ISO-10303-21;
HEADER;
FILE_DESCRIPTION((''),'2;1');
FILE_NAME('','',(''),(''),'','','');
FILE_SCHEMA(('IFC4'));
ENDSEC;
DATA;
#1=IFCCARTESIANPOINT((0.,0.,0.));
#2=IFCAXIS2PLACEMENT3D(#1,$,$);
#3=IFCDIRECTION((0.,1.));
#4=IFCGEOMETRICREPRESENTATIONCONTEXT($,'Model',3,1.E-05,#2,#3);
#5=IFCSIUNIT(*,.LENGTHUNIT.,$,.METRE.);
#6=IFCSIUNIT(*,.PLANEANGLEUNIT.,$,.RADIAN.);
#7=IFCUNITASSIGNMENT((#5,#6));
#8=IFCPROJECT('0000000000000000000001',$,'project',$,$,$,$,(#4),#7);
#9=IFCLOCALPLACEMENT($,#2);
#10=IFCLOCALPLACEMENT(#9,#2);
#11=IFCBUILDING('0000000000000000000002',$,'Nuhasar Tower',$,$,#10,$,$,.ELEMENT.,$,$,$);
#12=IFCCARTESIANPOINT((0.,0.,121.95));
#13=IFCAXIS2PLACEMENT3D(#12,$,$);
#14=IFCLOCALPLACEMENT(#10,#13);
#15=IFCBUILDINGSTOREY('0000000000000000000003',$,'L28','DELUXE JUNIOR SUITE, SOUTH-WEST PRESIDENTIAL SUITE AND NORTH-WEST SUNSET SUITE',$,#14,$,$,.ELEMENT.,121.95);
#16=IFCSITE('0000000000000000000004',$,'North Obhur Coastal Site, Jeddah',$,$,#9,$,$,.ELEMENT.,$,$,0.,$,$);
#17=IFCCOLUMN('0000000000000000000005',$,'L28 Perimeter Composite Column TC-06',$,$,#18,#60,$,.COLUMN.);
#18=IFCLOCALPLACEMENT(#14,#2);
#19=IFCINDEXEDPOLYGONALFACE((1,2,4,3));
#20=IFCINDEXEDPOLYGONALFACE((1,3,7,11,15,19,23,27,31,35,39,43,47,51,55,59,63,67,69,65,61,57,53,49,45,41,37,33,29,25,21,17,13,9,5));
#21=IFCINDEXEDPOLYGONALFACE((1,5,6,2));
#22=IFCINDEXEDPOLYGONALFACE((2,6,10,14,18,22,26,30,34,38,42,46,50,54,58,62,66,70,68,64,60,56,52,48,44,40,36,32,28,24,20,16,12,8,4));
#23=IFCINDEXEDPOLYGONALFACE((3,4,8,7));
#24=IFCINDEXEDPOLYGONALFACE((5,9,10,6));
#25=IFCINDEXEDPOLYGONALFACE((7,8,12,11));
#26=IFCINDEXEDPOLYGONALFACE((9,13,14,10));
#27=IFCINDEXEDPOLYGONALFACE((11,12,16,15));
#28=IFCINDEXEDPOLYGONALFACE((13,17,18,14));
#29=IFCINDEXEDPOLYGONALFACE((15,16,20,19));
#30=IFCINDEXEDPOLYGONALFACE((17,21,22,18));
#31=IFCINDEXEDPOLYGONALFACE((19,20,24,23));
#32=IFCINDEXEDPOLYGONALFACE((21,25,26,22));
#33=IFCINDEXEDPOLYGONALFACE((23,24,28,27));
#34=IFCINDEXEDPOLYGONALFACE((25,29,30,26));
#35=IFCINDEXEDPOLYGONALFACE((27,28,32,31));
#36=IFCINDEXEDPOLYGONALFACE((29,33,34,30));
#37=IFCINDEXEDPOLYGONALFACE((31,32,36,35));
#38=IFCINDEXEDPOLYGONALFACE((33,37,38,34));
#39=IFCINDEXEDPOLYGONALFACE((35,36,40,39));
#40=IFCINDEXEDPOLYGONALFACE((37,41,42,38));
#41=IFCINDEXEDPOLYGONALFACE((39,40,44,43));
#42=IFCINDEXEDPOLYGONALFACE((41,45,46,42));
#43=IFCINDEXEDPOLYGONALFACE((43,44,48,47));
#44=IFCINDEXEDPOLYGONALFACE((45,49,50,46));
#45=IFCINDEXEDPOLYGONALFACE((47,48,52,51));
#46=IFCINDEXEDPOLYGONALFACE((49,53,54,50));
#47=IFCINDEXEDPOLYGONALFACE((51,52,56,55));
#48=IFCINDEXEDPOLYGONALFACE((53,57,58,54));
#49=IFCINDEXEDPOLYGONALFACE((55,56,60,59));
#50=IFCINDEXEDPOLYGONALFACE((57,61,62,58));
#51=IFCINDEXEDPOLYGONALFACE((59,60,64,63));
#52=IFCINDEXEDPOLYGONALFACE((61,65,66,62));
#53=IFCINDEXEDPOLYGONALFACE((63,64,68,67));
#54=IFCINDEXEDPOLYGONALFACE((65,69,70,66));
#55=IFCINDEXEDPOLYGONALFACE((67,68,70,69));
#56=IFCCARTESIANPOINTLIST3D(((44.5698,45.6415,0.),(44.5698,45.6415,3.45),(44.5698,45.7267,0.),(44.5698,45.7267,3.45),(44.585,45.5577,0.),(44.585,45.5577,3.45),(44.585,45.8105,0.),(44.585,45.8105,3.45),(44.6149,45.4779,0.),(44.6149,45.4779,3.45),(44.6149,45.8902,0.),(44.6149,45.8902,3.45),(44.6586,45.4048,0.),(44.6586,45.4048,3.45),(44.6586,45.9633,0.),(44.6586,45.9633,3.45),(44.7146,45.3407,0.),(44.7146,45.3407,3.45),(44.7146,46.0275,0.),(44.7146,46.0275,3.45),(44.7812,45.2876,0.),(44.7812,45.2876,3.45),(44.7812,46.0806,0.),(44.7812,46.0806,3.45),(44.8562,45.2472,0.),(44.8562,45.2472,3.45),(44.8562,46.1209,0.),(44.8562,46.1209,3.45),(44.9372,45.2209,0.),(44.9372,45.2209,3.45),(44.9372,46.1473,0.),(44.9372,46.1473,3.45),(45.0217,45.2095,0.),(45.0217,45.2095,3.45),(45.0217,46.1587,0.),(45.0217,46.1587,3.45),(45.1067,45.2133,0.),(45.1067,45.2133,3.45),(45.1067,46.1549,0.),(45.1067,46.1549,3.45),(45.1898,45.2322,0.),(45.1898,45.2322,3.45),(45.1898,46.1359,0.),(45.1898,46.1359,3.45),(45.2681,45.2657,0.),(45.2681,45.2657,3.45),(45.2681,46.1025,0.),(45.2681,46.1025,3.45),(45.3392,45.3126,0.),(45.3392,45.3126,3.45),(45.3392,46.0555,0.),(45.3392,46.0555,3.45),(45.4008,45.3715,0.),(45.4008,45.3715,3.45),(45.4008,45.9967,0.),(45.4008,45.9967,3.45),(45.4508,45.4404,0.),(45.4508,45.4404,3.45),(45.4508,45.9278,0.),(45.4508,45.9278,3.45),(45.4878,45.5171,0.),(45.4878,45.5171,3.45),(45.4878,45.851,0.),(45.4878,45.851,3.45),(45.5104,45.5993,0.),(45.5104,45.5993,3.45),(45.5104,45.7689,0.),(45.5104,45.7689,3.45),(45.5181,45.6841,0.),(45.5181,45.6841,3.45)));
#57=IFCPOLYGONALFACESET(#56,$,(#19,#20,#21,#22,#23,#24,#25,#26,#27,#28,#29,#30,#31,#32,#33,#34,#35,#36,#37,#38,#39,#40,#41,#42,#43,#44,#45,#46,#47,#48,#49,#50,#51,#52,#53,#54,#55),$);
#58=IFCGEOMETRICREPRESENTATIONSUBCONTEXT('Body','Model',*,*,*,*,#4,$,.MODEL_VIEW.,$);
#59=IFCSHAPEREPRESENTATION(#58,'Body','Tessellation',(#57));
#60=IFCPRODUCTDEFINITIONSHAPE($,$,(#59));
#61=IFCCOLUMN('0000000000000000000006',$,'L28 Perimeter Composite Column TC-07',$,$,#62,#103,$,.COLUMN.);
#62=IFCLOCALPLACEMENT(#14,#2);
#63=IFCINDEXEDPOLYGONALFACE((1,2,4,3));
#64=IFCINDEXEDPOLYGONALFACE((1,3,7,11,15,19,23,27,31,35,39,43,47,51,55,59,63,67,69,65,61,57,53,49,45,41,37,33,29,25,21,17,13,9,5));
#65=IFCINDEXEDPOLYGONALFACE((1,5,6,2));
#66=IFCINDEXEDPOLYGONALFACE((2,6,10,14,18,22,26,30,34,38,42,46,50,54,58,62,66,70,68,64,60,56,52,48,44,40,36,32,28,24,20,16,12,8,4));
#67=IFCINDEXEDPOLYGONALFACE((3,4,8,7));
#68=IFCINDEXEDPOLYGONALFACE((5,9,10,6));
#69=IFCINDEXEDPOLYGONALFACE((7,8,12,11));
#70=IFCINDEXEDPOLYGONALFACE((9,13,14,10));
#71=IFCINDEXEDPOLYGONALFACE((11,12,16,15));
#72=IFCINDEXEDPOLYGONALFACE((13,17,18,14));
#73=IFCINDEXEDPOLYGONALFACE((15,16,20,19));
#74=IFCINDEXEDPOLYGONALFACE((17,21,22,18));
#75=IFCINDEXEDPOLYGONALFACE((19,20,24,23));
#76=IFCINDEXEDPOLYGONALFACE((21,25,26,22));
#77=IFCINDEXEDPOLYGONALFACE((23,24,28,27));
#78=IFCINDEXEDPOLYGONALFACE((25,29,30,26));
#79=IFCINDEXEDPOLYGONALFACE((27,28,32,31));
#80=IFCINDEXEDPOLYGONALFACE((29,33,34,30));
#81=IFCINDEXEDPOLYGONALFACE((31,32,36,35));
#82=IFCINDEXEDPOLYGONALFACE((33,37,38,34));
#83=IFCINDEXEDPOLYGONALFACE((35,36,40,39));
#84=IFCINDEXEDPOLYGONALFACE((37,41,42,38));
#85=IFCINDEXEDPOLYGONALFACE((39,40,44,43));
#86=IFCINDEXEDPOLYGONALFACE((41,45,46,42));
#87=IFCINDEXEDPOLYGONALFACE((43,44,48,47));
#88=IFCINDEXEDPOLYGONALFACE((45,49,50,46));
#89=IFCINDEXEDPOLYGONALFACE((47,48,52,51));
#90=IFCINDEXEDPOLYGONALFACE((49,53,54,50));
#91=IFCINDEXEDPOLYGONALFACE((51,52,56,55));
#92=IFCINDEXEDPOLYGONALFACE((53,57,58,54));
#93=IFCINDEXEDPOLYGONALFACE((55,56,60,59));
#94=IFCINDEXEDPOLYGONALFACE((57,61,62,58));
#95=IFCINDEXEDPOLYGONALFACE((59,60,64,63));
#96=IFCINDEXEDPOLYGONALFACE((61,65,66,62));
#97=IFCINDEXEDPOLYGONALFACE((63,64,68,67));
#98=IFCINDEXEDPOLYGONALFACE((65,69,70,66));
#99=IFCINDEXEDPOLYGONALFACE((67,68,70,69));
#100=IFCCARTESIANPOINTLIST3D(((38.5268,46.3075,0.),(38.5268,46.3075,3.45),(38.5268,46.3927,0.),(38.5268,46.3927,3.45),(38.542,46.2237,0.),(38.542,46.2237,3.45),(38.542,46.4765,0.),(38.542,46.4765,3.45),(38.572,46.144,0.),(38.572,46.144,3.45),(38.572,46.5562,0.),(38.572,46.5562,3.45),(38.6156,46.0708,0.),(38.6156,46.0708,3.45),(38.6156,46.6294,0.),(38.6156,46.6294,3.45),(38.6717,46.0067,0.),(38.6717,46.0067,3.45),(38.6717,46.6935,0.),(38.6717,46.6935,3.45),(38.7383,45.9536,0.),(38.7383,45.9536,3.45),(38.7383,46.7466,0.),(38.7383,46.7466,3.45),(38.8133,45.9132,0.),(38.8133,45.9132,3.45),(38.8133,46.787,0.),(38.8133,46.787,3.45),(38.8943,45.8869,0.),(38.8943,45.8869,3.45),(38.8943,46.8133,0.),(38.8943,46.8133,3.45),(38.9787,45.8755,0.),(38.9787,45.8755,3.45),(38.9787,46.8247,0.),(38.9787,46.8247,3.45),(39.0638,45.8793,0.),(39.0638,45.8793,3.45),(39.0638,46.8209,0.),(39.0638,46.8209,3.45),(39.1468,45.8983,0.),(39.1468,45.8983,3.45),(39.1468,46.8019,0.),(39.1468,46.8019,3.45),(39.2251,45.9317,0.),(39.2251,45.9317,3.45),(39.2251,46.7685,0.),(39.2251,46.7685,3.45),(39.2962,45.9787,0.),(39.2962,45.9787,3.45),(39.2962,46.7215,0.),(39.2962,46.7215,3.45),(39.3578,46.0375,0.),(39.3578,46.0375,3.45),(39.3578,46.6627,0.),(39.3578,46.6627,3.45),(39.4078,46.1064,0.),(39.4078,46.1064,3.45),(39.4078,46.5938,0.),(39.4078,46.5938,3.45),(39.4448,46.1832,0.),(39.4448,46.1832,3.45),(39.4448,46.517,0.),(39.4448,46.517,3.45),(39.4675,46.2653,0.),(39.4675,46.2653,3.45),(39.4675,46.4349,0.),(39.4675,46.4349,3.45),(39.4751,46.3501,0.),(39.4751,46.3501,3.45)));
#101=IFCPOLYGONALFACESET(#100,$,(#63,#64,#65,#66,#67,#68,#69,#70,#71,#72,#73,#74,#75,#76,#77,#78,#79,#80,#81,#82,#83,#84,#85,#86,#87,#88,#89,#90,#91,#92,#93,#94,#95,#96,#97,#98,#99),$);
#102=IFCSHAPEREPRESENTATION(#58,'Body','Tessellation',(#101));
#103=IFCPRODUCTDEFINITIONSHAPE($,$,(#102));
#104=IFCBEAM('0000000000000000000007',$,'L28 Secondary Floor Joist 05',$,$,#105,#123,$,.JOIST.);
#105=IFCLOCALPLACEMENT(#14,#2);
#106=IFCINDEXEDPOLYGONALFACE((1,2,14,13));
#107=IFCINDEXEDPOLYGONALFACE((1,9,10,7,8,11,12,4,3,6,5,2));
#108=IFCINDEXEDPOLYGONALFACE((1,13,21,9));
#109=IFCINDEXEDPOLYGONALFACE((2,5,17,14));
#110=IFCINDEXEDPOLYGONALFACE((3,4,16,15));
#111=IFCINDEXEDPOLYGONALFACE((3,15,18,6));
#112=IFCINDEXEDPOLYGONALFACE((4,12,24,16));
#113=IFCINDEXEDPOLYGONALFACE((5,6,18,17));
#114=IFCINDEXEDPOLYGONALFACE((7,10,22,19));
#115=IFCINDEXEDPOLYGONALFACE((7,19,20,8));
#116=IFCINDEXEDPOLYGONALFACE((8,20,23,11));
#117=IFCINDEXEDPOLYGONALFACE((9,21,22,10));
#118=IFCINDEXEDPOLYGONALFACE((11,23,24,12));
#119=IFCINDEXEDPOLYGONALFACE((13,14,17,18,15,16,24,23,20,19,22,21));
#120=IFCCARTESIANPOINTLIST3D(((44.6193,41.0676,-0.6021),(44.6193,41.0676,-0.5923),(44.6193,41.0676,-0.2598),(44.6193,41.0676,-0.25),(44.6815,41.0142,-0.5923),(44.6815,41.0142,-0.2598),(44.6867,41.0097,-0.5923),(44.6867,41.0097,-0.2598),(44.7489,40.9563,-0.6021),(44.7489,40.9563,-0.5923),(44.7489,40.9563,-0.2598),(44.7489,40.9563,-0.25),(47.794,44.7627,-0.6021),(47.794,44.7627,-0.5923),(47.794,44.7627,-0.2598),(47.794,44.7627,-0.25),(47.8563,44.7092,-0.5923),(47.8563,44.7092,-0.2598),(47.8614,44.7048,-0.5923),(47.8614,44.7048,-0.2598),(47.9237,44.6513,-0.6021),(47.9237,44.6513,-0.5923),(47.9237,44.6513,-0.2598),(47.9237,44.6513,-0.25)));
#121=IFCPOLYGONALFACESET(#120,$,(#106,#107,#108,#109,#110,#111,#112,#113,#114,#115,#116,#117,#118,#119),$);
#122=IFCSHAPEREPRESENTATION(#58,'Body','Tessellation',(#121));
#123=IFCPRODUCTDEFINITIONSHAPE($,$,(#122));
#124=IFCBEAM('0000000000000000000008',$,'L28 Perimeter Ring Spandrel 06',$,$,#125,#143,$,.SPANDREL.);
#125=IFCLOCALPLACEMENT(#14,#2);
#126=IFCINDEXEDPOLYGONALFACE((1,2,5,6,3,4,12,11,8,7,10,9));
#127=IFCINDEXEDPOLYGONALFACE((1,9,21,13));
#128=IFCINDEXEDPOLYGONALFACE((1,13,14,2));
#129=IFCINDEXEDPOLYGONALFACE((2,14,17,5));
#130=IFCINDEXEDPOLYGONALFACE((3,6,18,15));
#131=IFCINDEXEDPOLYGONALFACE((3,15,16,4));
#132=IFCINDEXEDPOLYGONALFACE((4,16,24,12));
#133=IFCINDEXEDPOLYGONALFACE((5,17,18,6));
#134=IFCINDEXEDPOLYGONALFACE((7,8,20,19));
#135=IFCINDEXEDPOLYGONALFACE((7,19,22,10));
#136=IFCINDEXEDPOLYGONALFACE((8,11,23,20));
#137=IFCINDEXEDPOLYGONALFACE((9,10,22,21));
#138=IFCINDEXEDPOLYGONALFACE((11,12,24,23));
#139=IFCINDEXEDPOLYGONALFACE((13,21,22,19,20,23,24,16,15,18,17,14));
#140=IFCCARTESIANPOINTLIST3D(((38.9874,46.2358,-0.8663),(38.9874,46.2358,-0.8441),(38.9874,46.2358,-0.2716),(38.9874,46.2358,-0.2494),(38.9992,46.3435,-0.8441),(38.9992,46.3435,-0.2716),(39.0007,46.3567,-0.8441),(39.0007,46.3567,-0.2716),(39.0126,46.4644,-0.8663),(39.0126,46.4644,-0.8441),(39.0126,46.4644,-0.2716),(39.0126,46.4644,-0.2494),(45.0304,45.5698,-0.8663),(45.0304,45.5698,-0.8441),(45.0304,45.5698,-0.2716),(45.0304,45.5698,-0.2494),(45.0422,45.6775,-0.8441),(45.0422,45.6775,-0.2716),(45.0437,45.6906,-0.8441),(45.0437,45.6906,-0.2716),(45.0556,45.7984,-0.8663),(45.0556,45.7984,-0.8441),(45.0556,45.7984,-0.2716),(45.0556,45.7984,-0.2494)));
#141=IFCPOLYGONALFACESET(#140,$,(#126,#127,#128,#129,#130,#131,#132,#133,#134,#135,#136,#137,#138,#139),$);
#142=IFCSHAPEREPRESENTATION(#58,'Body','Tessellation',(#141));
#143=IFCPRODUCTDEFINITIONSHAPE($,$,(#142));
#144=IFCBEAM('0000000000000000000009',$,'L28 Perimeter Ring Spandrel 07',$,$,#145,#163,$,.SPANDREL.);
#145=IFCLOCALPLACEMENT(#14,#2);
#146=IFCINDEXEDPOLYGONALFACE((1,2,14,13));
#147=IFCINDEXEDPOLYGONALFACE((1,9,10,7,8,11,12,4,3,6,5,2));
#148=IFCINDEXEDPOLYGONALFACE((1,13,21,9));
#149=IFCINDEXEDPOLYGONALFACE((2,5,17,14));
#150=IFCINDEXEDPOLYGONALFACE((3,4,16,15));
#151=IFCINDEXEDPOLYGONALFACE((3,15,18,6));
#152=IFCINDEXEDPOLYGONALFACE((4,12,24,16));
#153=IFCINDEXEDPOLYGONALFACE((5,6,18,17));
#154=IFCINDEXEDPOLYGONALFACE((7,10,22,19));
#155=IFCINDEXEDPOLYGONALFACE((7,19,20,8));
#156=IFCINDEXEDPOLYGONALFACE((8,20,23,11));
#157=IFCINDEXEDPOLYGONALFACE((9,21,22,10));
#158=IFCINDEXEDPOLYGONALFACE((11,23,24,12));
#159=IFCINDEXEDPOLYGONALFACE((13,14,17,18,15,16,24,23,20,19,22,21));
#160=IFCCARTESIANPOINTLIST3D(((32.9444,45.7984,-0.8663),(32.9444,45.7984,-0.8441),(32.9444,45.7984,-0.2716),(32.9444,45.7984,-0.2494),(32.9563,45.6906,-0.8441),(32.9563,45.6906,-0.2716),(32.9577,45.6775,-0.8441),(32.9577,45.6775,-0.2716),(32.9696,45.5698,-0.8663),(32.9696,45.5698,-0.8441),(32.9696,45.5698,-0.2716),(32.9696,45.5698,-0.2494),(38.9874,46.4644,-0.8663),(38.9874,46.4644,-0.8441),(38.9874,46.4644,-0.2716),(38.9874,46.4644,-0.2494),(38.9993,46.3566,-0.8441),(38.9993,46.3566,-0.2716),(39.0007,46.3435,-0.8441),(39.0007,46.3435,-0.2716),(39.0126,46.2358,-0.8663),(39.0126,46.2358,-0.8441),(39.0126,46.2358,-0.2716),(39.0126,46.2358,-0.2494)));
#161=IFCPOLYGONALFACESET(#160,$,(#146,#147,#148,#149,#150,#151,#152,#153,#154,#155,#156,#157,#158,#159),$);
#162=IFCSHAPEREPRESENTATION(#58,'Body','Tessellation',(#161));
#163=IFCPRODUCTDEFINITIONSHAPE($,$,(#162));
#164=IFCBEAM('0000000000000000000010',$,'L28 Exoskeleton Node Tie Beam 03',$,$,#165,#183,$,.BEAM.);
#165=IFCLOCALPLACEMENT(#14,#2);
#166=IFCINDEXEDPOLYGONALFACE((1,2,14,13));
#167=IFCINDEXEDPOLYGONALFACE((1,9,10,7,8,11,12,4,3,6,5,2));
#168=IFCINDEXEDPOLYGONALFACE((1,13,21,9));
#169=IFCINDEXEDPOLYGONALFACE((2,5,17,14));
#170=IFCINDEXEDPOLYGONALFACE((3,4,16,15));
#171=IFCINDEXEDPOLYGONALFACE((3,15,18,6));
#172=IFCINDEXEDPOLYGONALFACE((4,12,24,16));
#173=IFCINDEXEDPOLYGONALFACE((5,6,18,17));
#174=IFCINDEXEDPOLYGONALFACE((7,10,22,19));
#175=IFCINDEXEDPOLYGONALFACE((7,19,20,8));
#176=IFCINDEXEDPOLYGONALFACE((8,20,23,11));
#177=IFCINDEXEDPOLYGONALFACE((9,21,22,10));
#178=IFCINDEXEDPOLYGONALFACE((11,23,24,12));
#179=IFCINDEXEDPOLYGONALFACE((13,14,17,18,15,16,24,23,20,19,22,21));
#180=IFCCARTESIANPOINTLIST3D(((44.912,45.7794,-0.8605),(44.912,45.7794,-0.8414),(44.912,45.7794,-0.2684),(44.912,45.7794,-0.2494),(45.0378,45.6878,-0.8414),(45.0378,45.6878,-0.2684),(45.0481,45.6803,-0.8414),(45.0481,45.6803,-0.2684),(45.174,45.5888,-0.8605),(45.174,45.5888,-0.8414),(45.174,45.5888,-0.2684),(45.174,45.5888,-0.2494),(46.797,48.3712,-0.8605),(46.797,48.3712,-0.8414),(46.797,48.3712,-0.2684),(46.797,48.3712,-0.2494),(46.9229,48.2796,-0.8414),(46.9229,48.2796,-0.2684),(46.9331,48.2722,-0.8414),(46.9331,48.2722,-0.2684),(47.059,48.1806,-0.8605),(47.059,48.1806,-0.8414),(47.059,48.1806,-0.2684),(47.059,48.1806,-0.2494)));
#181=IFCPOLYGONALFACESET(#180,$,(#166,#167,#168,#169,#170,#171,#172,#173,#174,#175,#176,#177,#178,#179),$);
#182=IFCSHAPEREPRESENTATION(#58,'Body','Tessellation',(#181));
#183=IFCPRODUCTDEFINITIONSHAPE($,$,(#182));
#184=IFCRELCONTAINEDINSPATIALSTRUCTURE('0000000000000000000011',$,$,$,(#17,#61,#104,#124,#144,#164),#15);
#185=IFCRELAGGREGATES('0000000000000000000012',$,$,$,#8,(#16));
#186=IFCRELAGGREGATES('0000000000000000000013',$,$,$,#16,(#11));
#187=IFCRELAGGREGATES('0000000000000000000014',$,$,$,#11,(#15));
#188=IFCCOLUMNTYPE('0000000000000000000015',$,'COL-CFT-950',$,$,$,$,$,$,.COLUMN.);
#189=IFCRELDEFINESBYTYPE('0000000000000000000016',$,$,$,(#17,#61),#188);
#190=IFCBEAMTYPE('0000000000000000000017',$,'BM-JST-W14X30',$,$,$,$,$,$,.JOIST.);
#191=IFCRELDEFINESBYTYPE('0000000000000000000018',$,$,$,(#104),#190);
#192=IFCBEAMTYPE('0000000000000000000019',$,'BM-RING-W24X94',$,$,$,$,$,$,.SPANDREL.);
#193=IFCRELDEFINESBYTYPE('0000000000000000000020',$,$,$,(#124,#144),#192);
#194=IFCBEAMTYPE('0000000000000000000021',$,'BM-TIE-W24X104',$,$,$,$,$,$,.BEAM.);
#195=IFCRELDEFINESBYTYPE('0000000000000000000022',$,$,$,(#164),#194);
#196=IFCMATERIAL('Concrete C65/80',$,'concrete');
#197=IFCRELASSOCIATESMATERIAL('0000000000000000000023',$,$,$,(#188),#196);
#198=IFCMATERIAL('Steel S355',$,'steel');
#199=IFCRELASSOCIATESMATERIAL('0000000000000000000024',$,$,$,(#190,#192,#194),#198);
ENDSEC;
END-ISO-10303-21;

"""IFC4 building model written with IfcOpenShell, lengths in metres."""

from ifc_helpers import new_model, si_unit, direction, frame, origin, origin_2d, place, context, subcontext, project, spatial, circle, i_section, extrude, material, material_profile, profile_set, type_object, element, save


model = new_model("IFC4")

# Units and contexts
model_context = context("Model", 3, precision=1e-05, world=origin(), true_north=direction((0.0, 1.0)))
body_context = subcontext(model_context, "Body", "Model", "MODEL_VIEW")
ifc_project = project(units=[si_unit("LENGTHUNIT", "METRE"), si_unit("PLANEANGLEUNIT", "RADIAN")], contexts=[model_context])

# Site, building, storey
site_placement = place(None, origin())
site = spatial("IfcSite", under=ifc_project, at=site_placement, Name="North Obhur Coastal Site, Jeddah", CompositionType="ELEMENT", RefElevation=0.0)
building_placement = place(site_placement, origin())
building = spatial("IfcBuilding", under=site, at=building_placement, Name="Nuhasar Tower", CompositionType="ELEMENT")
storey_placement = place(building_placement, frame((0.0, 0.0, 121.95)))
storey = spatial("IfcBuildingStorey", under=building, at=storey_placement, Name="L28", Description="DELUXE JUNIOR SUITE, SOUTH-WEST PRESIDENTIAL SUITE AND NORTH-WEST SUNSET SUITE", CompositionType="ELEMENT", Elevation=121.95)

# Columns
ifc_material_1 = material(Name="Concrete C65/80", Category="concrete")
ifc_material_profile_1 = material_profile(ifc_material_1, circle(Radius=0.4751, at=origin_2d()), Name="CFT950")
ifc_profile_set_1 = profile_set([ifc_material_profile_1], Name="Concrete C65/80")
column_type = type_object("IfcColumnType", Name="COL-CFT-950", PredefinedType="COLUMN", material=ifc_profile_set_1)
for number, where, z_axis, x_axis, name in (
    (1, (45.043, 45.6841, 0.0), (0.0, 0.0, 1.0), (1.0, 0.0, 0.0), "L28 Perimeter Composite Column TC-06"),
    (2, (39.0, 46.3501, 0.0), (0.0, 0.0, 1.0), (1.0, 0.0, 0.0), "L28 Perimeter Composite Column TC-07"),
):
    element("IfcColumn", number, at=place(storey_placement, frame(where, z_axis=z_axis, x_axis=x_axis)), inside=storey, type_object=column_type, Name=name, PredefinedType="COLUMN", context=body_context, shape_type="SweptSolid", body=[
        extrude(circle(Radius=0.4751, at=origin_2d()), origin(), (0.0, 0.0, 1.0), 3.45),
    ])

# Beams
ifc_material_2 = material(Name="Steel S355", Category="steel")
ifc_material_profile_2 = material_profile(ifc_material_2, i_section(OverallWidth=0.1709, OverallDepth=0.3521, WebThickness=0.0068, FlangeThickness=0.0098, at=origin_2d()), Name="W14X30")
ifc_profile_set_2 = profile_set([ifc_material_profile_2], Name="Steel S355")
beam_type_1 = type_object("IfcBeamType", Name="BM-JST-W14X30", PredefinedType="JOIST", material=ifc_profile_set_2)
beam_1_placement = place(storey_placement, frame((44.6841, 41.012, -0.426), z_axis=(0.651691, 0.758485, 0.0), x_axis=(-0.758485, 0.651691, 0.0)))
element("IfcBeam", 3, at=beam_1_placement, inside=storey, type_object=beam_type_1, Name="L28 Secondary Floor Joist 05", PredefinedType="JOIST", context=body_context, shape_type="SweptSolid", body=[
    extrude(i_section(OverallWidth=0.1709, OverallDepth=0.3521, WebThickness=0.0068, FlangeThickness=0.0098, at=origin_2d()), origin(), (0.0, 0.0, 1.0), 4.8716),
])
ifc_material_profile_3 = material_profile(ifc_material_2, i_section(OverallWidth=0.23, OverallDepth=0.6169, WebThickness=0.0132, FlangeThickness=0.0222, at=origin_2d()), Name="W24X94")
ifc_profile_set_3 = profile_set([ifc_material_profile_3], Name="Steel S355")
beam_type_2 = type_object("IfcBeamType", Name="BM-RING-W24X94", PredefinedType="SPANDREL", material=ifc_profile_set_3)
for number, where, z_axis, x_axis, name in (
    (4, (45.043, 45.6841, -0.5579), (-0.993981, 0.10955, 0.0), (-0.10955, -0.993981, 0.0), "L28 Perimeter Ring Spandrel 06"),
    (5, (39.0, 46.3501, -0.5579), (-0.993981, -0.10955, 0.0), (0.10955, -0.993981, 0.0), "L28 Perimeter Ring Spandrel 07"),
):
    element("IfcBeam", number, at=place(storey_placement, frame(where, z_axis=z_axis, x_axis=x_axis)), inside=storey, type_object=beam_type_2, Name=name, PredefinedType="SPANDREL", context=body_context, shape_type="SweptSolid", body=[
        extrude(i_section(OverallWidth=0.23, OverallDepth=0.6169, WebThickness=0.0132, FlangeThickness=0.0222, at=origin_2d()), origin(), (0.0, 0.0, 1.0), 6.0796),
    ])
ifc_material_profile_4 = material_profile(ifc_material_2, i_section(OverallWidth=0.324, OverallDepth=0.6111, WebThickness=0.0127, FlangeThickness=0.019, at=origin_2d()), Name="W24X104")
ifc_profile_set_4 = profile_set([ifc_material_profile_4], Name="Steel S355")
beam_type_3 = type_object("IfcBeamType", Name="BM-TIE-W24X104", PredefinedType="BEAM", material=ifc_profile_set_4)
beam_2_placement = place(storey_placement, frame((45.043, 45.6841, -0.5549), z_axis=(0.588185, 0.808726, 0.0), x_axis=(-0.808726, 0.588185, 0.0)))
element("IfcBeam", 6, at=beam_2_placement, inside=storey, type_object=beam_type_3, Name="L28 Exoskeleton Node Tie Beam 03", PredefinedType="BEAM", context=body_context, shape_type="SweptSolid", body=[
    extrude(i_section(OverallWidth=0.324, OverallDepth=0.6111, WebThickness=0.0127, FlangeThickness=0.019, at=origin_2d()), origin(), (0.0, 0.0, 1.0), 3.2048),
])

save(model, "model.ifc")
